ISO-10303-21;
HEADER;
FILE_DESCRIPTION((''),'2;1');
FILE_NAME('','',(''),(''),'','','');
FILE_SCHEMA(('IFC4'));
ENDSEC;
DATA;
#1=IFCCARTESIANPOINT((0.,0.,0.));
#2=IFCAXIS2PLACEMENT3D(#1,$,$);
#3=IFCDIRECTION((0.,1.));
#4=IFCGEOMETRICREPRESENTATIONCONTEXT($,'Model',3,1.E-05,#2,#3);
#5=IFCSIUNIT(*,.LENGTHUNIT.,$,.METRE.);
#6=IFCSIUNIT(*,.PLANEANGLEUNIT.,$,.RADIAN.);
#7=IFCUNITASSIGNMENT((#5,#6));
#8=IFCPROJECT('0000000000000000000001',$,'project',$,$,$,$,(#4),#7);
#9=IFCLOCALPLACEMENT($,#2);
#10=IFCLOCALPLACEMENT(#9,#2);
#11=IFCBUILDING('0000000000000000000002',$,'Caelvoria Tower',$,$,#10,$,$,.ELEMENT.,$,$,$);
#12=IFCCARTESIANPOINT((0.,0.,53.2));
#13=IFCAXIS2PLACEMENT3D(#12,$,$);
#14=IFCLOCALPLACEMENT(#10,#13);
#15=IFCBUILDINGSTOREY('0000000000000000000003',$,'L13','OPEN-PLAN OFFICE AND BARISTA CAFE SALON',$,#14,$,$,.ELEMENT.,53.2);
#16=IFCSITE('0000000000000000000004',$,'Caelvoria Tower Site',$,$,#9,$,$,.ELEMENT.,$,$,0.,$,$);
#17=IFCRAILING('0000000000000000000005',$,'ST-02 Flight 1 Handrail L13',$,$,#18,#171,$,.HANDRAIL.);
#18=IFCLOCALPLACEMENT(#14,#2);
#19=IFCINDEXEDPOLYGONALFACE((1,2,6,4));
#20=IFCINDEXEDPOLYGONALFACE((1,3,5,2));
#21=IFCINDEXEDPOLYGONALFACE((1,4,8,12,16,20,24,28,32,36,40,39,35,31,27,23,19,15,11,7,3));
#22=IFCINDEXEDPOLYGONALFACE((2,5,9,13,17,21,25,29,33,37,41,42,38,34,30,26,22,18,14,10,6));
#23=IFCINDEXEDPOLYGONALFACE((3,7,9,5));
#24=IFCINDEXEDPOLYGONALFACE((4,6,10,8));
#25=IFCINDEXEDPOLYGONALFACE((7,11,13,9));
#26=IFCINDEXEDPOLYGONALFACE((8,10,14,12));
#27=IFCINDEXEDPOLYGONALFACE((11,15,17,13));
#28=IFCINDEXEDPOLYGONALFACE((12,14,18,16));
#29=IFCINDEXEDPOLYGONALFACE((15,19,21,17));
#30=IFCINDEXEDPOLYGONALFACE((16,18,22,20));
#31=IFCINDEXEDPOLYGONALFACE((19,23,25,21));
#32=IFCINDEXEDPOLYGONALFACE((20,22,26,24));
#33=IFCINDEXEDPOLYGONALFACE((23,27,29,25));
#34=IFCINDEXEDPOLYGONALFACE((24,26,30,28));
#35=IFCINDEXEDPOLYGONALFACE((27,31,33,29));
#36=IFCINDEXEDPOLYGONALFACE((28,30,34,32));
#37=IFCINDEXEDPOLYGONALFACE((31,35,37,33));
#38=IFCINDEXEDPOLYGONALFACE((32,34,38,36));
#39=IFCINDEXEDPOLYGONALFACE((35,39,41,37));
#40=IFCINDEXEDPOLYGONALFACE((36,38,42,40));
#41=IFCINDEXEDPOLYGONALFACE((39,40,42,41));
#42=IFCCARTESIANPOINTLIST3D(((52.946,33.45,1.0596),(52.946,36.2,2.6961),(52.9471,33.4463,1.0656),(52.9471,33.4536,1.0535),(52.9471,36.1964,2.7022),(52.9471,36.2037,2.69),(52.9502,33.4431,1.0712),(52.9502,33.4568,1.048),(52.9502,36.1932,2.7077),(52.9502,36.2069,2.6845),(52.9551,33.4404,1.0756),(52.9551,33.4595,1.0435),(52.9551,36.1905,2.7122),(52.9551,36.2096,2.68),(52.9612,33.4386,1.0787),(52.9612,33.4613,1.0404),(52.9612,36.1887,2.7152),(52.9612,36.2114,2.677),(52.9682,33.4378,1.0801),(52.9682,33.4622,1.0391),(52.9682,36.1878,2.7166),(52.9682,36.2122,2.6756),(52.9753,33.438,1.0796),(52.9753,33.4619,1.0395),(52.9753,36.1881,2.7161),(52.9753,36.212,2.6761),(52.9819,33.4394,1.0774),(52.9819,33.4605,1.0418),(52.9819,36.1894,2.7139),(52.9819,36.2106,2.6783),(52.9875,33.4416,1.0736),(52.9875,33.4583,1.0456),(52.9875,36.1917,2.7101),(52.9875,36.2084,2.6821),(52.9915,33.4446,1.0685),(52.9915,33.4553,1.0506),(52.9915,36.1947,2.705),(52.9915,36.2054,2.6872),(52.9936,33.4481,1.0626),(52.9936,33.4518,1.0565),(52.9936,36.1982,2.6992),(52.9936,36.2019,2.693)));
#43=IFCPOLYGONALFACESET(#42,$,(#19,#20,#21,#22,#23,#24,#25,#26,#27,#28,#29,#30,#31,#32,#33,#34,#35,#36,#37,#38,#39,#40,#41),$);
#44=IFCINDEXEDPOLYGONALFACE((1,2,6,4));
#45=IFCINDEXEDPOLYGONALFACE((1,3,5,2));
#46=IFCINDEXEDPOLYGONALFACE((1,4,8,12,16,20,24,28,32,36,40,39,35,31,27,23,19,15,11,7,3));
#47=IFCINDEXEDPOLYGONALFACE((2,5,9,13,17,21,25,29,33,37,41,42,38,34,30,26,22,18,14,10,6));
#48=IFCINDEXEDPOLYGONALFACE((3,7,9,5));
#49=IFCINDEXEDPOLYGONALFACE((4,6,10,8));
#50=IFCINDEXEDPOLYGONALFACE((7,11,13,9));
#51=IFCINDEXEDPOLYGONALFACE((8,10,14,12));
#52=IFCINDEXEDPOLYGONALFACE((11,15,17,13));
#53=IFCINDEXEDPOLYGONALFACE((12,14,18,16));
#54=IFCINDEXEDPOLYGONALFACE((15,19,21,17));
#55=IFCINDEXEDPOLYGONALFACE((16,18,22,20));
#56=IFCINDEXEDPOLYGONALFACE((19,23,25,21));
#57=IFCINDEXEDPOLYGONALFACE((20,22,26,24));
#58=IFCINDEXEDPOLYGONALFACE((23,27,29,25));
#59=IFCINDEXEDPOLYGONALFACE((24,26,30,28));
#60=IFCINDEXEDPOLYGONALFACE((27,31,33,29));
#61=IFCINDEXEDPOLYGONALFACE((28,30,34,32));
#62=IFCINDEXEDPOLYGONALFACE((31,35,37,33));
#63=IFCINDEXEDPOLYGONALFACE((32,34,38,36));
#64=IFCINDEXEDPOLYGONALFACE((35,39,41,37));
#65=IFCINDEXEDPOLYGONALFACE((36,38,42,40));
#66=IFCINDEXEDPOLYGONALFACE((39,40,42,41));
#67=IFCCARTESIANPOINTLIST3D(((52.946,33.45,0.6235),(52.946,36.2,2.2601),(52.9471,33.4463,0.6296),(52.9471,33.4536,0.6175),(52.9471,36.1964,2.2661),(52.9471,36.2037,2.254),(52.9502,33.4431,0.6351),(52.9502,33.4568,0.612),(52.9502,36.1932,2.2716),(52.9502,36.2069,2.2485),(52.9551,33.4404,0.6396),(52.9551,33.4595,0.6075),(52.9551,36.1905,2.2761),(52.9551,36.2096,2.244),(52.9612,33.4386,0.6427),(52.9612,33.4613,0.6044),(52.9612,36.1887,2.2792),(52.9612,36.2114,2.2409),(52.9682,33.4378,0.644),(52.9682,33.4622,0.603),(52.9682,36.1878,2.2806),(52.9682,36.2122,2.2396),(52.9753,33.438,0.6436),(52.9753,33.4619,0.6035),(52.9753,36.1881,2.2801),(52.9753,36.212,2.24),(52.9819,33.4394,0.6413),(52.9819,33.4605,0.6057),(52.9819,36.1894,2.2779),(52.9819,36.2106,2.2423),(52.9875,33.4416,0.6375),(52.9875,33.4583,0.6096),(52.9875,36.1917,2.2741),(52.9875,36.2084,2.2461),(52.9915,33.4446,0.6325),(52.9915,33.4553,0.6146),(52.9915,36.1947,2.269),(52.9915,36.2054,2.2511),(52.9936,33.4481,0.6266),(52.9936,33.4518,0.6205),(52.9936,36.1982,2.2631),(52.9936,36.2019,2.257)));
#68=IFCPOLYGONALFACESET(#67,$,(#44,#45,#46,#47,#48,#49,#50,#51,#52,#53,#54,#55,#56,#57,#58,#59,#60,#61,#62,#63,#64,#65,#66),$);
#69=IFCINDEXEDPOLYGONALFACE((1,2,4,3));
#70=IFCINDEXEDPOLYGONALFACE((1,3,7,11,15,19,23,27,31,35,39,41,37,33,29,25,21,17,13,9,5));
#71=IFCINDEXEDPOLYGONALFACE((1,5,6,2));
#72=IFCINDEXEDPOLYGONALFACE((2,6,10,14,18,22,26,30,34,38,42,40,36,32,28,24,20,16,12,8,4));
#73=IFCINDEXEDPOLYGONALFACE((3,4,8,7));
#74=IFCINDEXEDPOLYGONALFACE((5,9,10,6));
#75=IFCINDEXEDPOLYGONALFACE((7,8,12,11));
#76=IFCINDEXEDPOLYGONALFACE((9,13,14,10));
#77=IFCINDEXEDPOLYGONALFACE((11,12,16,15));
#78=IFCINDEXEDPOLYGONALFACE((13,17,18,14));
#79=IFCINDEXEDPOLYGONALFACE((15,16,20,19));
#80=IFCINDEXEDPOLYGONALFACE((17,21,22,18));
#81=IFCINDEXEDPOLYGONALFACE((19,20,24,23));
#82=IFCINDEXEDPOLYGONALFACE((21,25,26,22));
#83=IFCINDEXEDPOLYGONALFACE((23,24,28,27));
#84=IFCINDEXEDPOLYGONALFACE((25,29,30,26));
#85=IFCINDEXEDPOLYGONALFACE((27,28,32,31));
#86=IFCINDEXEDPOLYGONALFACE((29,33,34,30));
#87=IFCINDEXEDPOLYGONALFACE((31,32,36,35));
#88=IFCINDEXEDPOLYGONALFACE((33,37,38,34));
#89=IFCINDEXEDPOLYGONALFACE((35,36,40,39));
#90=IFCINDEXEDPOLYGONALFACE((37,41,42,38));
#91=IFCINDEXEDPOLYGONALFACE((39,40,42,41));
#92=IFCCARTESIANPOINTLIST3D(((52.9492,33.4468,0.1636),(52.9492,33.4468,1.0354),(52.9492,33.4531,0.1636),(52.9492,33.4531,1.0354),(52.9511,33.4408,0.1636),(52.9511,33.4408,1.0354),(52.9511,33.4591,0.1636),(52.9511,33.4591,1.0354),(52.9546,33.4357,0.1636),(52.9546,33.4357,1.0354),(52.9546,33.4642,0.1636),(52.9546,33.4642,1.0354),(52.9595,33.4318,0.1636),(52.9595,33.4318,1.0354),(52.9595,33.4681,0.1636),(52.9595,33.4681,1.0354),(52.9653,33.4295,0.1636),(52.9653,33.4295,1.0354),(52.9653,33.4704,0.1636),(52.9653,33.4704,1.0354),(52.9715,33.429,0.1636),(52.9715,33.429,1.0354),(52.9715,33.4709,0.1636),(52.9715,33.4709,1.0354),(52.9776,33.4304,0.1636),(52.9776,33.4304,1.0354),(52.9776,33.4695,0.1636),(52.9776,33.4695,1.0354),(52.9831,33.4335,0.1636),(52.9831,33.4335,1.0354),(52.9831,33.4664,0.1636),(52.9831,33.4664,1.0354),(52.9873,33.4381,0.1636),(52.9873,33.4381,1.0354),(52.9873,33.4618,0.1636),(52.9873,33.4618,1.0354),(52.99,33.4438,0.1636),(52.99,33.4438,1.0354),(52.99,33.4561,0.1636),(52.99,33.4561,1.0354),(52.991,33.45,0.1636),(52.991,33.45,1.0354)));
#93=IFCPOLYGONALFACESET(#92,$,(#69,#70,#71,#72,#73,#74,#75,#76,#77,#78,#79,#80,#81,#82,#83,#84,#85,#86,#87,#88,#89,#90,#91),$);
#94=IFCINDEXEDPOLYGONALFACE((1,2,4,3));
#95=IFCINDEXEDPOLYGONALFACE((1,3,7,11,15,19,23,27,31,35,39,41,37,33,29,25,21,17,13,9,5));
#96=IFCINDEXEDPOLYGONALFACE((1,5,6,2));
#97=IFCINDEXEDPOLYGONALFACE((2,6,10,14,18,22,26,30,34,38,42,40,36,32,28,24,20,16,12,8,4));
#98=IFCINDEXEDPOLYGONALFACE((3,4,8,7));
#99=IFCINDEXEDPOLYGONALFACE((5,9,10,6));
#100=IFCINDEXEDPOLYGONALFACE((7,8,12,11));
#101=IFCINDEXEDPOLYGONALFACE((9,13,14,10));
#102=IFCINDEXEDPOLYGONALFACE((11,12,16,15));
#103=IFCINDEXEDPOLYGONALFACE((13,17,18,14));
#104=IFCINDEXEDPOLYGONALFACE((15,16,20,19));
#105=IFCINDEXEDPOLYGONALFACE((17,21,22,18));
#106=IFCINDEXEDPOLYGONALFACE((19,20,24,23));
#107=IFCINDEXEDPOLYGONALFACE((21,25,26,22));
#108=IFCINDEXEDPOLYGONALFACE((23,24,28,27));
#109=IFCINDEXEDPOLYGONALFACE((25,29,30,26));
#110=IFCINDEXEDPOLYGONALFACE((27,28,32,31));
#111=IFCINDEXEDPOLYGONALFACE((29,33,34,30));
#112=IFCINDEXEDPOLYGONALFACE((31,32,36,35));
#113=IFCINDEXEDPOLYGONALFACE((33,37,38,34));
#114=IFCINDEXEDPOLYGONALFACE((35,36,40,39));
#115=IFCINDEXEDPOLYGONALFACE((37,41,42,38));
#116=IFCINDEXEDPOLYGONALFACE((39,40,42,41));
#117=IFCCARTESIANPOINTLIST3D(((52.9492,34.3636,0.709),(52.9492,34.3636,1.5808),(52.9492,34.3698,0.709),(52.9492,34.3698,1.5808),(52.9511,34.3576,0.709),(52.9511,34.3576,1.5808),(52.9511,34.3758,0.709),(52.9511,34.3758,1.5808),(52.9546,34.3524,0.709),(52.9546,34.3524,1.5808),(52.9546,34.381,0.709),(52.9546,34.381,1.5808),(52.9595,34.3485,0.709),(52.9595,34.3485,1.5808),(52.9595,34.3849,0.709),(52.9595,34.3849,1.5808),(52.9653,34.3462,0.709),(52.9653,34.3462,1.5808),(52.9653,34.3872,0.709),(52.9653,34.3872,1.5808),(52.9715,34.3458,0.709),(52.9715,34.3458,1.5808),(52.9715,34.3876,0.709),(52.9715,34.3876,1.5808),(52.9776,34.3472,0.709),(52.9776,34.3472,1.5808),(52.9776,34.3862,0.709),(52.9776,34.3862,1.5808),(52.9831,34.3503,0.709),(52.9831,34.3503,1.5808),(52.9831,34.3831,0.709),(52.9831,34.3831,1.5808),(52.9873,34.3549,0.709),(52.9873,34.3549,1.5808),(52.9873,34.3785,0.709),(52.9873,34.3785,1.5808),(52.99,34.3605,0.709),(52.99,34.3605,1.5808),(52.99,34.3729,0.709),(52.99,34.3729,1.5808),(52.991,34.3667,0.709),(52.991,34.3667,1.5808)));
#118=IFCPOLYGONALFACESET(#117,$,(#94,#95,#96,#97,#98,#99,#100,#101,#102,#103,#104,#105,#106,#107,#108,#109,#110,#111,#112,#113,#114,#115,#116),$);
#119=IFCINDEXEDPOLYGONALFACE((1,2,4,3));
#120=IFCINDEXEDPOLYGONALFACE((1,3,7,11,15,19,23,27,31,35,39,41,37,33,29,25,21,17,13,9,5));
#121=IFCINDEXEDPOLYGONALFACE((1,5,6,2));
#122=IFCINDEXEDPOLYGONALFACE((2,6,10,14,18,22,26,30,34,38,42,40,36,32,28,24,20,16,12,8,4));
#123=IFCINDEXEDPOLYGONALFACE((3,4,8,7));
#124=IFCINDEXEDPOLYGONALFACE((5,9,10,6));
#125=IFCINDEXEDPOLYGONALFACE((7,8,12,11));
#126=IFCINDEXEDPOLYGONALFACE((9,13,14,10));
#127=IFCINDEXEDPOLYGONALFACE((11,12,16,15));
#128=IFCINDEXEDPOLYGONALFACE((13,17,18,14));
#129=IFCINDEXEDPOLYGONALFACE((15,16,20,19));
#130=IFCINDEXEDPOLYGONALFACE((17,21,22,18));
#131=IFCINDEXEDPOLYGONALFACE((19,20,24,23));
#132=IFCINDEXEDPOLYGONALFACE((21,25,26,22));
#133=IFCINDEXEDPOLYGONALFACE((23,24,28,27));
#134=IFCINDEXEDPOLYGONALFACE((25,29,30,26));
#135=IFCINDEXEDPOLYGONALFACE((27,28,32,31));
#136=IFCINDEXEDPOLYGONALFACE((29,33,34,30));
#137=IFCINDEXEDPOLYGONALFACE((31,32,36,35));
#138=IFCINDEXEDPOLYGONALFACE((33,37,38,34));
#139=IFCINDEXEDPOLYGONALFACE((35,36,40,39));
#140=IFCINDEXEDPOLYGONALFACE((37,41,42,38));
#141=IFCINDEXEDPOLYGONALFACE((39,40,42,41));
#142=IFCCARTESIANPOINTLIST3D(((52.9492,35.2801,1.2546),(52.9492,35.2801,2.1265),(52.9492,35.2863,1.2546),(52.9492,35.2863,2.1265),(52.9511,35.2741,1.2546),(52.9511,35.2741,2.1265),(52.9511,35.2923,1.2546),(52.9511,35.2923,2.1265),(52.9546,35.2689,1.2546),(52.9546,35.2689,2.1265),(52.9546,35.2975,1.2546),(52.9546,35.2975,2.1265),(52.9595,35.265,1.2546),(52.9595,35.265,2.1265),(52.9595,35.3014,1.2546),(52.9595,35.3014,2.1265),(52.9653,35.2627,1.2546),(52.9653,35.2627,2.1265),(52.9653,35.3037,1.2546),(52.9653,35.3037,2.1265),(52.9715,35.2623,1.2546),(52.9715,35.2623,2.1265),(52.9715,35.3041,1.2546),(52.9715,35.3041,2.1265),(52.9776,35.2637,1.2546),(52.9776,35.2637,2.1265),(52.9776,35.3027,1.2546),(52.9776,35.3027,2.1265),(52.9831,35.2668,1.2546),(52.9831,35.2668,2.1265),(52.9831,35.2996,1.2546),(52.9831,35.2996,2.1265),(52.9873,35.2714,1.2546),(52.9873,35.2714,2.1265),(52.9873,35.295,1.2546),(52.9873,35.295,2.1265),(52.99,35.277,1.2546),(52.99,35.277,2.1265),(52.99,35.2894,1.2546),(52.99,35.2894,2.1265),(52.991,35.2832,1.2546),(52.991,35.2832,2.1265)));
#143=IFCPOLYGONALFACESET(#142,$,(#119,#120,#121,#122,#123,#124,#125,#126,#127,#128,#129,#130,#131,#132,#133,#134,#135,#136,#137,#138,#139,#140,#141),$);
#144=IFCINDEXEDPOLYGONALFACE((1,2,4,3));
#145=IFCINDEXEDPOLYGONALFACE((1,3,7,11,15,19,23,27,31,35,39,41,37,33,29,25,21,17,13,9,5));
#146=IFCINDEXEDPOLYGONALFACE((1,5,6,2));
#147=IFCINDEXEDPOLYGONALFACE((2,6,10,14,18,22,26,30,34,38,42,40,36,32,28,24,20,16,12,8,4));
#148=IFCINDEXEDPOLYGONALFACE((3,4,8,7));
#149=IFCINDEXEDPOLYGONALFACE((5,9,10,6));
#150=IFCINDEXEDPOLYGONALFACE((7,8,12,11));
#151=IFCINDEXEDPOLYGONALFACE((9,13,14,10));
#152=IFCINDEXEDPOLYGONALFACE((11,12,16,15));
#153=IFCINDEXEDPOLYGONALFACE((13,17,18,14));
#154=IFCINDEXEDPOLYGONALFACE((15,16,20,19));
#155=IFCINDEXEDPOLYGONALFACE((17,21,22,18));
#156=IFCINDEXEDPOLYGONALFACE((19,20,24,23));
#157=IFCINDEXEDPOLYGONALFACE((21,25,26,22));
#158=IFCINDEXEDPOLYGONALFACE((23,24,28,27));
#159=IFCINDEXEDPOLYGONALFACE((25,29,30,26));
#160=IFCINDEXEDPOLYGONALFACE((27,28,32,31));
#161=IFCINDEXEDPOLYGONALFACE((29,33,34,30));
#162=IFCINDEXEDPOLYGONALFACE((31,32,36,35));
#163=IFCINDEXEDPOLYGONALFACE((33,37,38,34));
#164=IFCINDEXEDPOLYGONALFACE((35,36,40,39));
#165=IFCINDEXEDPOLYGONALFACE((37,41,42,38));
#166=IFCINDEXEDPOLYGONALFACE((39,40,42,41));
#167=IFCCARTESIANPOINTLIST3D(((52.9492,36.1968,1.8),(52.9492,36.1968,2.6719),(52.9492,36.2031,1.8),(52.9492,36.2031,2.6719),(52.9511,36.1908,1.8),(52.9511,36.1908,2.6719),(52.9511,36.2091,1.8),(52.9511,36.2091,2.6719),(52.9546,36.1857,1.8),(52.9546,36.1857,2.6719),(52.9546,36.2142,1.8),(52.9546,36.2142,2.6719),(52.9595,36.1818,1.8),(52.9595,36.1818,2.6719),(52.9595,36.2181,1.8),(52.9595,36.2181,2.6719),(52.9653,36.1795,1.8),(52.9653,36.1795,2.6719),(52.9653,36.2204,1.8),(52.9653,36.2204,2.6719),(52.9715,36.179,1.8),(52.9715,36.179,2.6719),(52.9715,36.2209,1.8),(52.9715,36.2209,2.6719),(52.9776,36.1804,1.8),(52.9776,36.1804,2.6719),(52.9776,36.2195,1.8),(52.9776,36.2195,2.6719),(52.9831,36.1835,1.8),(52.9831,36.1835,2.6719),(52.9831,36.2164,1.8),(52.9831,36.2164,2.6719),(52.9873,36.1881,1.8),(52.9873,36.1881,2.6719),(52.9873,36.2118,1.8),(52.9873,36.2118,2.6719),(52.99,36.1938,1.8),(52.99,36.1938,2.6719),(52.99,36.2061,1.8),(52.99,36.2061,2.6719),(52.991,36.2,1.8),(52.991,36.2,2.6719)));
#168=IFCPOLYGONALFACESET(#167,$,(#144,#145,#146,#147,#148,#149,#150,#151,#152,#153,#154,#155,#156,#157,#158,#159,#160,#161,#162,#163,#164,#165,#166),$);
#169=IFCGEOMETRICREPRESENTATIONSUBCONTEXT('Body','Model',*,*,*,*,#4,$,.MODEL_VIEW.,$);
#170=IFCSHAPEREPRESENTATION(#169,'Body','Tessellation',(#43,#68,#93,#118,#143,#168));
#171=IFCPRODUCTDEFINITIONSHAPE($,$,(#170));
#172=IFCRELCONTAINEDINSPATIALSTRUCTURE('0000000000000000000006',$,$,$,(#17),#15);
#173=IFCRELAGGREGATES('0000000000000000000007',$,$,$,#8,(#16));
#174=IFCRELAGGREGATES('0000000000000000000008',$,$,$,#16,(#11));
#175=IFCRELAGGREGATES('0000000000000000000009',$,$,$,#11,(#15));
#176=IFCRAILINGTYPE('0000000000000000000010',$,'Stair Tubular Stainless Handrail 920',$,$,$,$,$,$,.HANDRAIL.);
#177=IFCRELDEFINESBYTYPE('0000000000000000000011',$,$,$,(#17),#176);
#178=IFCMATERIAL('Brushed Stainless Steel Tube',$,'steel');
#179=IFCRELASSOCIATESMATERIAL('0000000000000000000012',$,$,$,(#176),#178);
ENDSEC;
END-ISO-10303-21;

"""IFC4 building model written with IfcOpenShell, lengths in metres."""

from ifc_helpers import new_model, si_unit, direction, frame, origin, origin_2d, place, context, subcontext, project, spatial, circle, extrude, material, type_object, element, save


model = new_model("IFC4")

# Units and contexts
model_context = context("Model", 3, precision=1e-05, world=origin(), true_north=direction((0.0, 1.0)))
body_context = subcontext(model_context, "Body", "Model", "MODEL_VIEW")
ifc_project = project(units=[si_unit("LENGTHUNIT", "METRE"), si_unit("PLANEANGLEUNIT", "RADIAN")], contexts=[model_context])

# Site, building, storey
site_placement = place(None, origin())
site = spatial("IfcSite", under=ifc_project, at=site_placement, Name="Caelvoria Tower Site", CompositionType="ELEMENT", RefElevation=0.0)
building_placement = place(site_placement, origin())
building = spatial("IfcBuilding", under=site, at=building_placement, Name="Caelvoria Tower", CompositionType="ELEMENT")
storey_placement = place(building_placement, frame((0.0, 0.0, 53.2)))
storey = spatial("IfcBuildingStorey", under=building, at=storey_placement, Name="L13", Description="OPEN-PLAN OFFICE AND BARISTA CAFE SALON", CompositionType="ELEMENT", Elevation=53.2)

# Railing
ifc_material_1 = material(Name="Brushed Stainless Steel Tube", Category="steel")
railing_type_1 = type_object("IfcRailingType", Name="Stair Tubular Stainless Handrail 920", PredefinedType="HANDRAIL", material=ifc_material_1)
railing_1_placement = place(storey_placement, frame((52.97, 33.45, 0.1636)))
element("IfcRailing", 1, at=railing_1_placement, inside=storey, type_object=railing_type_1, Name="ST-02 Flight 1 Handrail L13", PredefinedType="HANDRAIL", context=body_context, shape_type="SweptSolid", body=[
    extrude(circle(Radius=0.0239, at=origin_2d()), frame((0.0, 0.0, 0.896), z_axis=(0.0, 0.859352, 0.511385), x_axis=(-1.0, 0.0, 0.0)), (0.0, 0.0, 1.0), 3.2002),
    extrude(circle(Radius=0.0239, at=origin_2d()), frame((0.0, 0.0, 0.46), z_axis=(0.0, 0.859352, 0.511385), x_axis=(-1.0, 0.0, 0.0)), (0.0, 0.0, 1.0), 3.2002),
    extrude(circle(Radius=0.021, at=origin_2d()), origin(), (0.0, 0.0, 1.0), 0.8718),
    extrude(circle(Radius=0.021, at=origin_2d()), frame((0.0, 0.9167, 0.5454)), (0.0, 0.0, 1.0), 0.8718),
    extrude(circle(Radius=0.021, at=origin_2d()), frame((0.0, 1.8333, 1.0911)), (0.0, 0.0, 1.0), 0.8718),
    extrude(circle(Radius=0.021, at=origin_2d()), frame((0.0, 2.75, 1.6365)), (0.0, 0.0, 1.0), 0.8718),
])

save(model, "model.ifc")
